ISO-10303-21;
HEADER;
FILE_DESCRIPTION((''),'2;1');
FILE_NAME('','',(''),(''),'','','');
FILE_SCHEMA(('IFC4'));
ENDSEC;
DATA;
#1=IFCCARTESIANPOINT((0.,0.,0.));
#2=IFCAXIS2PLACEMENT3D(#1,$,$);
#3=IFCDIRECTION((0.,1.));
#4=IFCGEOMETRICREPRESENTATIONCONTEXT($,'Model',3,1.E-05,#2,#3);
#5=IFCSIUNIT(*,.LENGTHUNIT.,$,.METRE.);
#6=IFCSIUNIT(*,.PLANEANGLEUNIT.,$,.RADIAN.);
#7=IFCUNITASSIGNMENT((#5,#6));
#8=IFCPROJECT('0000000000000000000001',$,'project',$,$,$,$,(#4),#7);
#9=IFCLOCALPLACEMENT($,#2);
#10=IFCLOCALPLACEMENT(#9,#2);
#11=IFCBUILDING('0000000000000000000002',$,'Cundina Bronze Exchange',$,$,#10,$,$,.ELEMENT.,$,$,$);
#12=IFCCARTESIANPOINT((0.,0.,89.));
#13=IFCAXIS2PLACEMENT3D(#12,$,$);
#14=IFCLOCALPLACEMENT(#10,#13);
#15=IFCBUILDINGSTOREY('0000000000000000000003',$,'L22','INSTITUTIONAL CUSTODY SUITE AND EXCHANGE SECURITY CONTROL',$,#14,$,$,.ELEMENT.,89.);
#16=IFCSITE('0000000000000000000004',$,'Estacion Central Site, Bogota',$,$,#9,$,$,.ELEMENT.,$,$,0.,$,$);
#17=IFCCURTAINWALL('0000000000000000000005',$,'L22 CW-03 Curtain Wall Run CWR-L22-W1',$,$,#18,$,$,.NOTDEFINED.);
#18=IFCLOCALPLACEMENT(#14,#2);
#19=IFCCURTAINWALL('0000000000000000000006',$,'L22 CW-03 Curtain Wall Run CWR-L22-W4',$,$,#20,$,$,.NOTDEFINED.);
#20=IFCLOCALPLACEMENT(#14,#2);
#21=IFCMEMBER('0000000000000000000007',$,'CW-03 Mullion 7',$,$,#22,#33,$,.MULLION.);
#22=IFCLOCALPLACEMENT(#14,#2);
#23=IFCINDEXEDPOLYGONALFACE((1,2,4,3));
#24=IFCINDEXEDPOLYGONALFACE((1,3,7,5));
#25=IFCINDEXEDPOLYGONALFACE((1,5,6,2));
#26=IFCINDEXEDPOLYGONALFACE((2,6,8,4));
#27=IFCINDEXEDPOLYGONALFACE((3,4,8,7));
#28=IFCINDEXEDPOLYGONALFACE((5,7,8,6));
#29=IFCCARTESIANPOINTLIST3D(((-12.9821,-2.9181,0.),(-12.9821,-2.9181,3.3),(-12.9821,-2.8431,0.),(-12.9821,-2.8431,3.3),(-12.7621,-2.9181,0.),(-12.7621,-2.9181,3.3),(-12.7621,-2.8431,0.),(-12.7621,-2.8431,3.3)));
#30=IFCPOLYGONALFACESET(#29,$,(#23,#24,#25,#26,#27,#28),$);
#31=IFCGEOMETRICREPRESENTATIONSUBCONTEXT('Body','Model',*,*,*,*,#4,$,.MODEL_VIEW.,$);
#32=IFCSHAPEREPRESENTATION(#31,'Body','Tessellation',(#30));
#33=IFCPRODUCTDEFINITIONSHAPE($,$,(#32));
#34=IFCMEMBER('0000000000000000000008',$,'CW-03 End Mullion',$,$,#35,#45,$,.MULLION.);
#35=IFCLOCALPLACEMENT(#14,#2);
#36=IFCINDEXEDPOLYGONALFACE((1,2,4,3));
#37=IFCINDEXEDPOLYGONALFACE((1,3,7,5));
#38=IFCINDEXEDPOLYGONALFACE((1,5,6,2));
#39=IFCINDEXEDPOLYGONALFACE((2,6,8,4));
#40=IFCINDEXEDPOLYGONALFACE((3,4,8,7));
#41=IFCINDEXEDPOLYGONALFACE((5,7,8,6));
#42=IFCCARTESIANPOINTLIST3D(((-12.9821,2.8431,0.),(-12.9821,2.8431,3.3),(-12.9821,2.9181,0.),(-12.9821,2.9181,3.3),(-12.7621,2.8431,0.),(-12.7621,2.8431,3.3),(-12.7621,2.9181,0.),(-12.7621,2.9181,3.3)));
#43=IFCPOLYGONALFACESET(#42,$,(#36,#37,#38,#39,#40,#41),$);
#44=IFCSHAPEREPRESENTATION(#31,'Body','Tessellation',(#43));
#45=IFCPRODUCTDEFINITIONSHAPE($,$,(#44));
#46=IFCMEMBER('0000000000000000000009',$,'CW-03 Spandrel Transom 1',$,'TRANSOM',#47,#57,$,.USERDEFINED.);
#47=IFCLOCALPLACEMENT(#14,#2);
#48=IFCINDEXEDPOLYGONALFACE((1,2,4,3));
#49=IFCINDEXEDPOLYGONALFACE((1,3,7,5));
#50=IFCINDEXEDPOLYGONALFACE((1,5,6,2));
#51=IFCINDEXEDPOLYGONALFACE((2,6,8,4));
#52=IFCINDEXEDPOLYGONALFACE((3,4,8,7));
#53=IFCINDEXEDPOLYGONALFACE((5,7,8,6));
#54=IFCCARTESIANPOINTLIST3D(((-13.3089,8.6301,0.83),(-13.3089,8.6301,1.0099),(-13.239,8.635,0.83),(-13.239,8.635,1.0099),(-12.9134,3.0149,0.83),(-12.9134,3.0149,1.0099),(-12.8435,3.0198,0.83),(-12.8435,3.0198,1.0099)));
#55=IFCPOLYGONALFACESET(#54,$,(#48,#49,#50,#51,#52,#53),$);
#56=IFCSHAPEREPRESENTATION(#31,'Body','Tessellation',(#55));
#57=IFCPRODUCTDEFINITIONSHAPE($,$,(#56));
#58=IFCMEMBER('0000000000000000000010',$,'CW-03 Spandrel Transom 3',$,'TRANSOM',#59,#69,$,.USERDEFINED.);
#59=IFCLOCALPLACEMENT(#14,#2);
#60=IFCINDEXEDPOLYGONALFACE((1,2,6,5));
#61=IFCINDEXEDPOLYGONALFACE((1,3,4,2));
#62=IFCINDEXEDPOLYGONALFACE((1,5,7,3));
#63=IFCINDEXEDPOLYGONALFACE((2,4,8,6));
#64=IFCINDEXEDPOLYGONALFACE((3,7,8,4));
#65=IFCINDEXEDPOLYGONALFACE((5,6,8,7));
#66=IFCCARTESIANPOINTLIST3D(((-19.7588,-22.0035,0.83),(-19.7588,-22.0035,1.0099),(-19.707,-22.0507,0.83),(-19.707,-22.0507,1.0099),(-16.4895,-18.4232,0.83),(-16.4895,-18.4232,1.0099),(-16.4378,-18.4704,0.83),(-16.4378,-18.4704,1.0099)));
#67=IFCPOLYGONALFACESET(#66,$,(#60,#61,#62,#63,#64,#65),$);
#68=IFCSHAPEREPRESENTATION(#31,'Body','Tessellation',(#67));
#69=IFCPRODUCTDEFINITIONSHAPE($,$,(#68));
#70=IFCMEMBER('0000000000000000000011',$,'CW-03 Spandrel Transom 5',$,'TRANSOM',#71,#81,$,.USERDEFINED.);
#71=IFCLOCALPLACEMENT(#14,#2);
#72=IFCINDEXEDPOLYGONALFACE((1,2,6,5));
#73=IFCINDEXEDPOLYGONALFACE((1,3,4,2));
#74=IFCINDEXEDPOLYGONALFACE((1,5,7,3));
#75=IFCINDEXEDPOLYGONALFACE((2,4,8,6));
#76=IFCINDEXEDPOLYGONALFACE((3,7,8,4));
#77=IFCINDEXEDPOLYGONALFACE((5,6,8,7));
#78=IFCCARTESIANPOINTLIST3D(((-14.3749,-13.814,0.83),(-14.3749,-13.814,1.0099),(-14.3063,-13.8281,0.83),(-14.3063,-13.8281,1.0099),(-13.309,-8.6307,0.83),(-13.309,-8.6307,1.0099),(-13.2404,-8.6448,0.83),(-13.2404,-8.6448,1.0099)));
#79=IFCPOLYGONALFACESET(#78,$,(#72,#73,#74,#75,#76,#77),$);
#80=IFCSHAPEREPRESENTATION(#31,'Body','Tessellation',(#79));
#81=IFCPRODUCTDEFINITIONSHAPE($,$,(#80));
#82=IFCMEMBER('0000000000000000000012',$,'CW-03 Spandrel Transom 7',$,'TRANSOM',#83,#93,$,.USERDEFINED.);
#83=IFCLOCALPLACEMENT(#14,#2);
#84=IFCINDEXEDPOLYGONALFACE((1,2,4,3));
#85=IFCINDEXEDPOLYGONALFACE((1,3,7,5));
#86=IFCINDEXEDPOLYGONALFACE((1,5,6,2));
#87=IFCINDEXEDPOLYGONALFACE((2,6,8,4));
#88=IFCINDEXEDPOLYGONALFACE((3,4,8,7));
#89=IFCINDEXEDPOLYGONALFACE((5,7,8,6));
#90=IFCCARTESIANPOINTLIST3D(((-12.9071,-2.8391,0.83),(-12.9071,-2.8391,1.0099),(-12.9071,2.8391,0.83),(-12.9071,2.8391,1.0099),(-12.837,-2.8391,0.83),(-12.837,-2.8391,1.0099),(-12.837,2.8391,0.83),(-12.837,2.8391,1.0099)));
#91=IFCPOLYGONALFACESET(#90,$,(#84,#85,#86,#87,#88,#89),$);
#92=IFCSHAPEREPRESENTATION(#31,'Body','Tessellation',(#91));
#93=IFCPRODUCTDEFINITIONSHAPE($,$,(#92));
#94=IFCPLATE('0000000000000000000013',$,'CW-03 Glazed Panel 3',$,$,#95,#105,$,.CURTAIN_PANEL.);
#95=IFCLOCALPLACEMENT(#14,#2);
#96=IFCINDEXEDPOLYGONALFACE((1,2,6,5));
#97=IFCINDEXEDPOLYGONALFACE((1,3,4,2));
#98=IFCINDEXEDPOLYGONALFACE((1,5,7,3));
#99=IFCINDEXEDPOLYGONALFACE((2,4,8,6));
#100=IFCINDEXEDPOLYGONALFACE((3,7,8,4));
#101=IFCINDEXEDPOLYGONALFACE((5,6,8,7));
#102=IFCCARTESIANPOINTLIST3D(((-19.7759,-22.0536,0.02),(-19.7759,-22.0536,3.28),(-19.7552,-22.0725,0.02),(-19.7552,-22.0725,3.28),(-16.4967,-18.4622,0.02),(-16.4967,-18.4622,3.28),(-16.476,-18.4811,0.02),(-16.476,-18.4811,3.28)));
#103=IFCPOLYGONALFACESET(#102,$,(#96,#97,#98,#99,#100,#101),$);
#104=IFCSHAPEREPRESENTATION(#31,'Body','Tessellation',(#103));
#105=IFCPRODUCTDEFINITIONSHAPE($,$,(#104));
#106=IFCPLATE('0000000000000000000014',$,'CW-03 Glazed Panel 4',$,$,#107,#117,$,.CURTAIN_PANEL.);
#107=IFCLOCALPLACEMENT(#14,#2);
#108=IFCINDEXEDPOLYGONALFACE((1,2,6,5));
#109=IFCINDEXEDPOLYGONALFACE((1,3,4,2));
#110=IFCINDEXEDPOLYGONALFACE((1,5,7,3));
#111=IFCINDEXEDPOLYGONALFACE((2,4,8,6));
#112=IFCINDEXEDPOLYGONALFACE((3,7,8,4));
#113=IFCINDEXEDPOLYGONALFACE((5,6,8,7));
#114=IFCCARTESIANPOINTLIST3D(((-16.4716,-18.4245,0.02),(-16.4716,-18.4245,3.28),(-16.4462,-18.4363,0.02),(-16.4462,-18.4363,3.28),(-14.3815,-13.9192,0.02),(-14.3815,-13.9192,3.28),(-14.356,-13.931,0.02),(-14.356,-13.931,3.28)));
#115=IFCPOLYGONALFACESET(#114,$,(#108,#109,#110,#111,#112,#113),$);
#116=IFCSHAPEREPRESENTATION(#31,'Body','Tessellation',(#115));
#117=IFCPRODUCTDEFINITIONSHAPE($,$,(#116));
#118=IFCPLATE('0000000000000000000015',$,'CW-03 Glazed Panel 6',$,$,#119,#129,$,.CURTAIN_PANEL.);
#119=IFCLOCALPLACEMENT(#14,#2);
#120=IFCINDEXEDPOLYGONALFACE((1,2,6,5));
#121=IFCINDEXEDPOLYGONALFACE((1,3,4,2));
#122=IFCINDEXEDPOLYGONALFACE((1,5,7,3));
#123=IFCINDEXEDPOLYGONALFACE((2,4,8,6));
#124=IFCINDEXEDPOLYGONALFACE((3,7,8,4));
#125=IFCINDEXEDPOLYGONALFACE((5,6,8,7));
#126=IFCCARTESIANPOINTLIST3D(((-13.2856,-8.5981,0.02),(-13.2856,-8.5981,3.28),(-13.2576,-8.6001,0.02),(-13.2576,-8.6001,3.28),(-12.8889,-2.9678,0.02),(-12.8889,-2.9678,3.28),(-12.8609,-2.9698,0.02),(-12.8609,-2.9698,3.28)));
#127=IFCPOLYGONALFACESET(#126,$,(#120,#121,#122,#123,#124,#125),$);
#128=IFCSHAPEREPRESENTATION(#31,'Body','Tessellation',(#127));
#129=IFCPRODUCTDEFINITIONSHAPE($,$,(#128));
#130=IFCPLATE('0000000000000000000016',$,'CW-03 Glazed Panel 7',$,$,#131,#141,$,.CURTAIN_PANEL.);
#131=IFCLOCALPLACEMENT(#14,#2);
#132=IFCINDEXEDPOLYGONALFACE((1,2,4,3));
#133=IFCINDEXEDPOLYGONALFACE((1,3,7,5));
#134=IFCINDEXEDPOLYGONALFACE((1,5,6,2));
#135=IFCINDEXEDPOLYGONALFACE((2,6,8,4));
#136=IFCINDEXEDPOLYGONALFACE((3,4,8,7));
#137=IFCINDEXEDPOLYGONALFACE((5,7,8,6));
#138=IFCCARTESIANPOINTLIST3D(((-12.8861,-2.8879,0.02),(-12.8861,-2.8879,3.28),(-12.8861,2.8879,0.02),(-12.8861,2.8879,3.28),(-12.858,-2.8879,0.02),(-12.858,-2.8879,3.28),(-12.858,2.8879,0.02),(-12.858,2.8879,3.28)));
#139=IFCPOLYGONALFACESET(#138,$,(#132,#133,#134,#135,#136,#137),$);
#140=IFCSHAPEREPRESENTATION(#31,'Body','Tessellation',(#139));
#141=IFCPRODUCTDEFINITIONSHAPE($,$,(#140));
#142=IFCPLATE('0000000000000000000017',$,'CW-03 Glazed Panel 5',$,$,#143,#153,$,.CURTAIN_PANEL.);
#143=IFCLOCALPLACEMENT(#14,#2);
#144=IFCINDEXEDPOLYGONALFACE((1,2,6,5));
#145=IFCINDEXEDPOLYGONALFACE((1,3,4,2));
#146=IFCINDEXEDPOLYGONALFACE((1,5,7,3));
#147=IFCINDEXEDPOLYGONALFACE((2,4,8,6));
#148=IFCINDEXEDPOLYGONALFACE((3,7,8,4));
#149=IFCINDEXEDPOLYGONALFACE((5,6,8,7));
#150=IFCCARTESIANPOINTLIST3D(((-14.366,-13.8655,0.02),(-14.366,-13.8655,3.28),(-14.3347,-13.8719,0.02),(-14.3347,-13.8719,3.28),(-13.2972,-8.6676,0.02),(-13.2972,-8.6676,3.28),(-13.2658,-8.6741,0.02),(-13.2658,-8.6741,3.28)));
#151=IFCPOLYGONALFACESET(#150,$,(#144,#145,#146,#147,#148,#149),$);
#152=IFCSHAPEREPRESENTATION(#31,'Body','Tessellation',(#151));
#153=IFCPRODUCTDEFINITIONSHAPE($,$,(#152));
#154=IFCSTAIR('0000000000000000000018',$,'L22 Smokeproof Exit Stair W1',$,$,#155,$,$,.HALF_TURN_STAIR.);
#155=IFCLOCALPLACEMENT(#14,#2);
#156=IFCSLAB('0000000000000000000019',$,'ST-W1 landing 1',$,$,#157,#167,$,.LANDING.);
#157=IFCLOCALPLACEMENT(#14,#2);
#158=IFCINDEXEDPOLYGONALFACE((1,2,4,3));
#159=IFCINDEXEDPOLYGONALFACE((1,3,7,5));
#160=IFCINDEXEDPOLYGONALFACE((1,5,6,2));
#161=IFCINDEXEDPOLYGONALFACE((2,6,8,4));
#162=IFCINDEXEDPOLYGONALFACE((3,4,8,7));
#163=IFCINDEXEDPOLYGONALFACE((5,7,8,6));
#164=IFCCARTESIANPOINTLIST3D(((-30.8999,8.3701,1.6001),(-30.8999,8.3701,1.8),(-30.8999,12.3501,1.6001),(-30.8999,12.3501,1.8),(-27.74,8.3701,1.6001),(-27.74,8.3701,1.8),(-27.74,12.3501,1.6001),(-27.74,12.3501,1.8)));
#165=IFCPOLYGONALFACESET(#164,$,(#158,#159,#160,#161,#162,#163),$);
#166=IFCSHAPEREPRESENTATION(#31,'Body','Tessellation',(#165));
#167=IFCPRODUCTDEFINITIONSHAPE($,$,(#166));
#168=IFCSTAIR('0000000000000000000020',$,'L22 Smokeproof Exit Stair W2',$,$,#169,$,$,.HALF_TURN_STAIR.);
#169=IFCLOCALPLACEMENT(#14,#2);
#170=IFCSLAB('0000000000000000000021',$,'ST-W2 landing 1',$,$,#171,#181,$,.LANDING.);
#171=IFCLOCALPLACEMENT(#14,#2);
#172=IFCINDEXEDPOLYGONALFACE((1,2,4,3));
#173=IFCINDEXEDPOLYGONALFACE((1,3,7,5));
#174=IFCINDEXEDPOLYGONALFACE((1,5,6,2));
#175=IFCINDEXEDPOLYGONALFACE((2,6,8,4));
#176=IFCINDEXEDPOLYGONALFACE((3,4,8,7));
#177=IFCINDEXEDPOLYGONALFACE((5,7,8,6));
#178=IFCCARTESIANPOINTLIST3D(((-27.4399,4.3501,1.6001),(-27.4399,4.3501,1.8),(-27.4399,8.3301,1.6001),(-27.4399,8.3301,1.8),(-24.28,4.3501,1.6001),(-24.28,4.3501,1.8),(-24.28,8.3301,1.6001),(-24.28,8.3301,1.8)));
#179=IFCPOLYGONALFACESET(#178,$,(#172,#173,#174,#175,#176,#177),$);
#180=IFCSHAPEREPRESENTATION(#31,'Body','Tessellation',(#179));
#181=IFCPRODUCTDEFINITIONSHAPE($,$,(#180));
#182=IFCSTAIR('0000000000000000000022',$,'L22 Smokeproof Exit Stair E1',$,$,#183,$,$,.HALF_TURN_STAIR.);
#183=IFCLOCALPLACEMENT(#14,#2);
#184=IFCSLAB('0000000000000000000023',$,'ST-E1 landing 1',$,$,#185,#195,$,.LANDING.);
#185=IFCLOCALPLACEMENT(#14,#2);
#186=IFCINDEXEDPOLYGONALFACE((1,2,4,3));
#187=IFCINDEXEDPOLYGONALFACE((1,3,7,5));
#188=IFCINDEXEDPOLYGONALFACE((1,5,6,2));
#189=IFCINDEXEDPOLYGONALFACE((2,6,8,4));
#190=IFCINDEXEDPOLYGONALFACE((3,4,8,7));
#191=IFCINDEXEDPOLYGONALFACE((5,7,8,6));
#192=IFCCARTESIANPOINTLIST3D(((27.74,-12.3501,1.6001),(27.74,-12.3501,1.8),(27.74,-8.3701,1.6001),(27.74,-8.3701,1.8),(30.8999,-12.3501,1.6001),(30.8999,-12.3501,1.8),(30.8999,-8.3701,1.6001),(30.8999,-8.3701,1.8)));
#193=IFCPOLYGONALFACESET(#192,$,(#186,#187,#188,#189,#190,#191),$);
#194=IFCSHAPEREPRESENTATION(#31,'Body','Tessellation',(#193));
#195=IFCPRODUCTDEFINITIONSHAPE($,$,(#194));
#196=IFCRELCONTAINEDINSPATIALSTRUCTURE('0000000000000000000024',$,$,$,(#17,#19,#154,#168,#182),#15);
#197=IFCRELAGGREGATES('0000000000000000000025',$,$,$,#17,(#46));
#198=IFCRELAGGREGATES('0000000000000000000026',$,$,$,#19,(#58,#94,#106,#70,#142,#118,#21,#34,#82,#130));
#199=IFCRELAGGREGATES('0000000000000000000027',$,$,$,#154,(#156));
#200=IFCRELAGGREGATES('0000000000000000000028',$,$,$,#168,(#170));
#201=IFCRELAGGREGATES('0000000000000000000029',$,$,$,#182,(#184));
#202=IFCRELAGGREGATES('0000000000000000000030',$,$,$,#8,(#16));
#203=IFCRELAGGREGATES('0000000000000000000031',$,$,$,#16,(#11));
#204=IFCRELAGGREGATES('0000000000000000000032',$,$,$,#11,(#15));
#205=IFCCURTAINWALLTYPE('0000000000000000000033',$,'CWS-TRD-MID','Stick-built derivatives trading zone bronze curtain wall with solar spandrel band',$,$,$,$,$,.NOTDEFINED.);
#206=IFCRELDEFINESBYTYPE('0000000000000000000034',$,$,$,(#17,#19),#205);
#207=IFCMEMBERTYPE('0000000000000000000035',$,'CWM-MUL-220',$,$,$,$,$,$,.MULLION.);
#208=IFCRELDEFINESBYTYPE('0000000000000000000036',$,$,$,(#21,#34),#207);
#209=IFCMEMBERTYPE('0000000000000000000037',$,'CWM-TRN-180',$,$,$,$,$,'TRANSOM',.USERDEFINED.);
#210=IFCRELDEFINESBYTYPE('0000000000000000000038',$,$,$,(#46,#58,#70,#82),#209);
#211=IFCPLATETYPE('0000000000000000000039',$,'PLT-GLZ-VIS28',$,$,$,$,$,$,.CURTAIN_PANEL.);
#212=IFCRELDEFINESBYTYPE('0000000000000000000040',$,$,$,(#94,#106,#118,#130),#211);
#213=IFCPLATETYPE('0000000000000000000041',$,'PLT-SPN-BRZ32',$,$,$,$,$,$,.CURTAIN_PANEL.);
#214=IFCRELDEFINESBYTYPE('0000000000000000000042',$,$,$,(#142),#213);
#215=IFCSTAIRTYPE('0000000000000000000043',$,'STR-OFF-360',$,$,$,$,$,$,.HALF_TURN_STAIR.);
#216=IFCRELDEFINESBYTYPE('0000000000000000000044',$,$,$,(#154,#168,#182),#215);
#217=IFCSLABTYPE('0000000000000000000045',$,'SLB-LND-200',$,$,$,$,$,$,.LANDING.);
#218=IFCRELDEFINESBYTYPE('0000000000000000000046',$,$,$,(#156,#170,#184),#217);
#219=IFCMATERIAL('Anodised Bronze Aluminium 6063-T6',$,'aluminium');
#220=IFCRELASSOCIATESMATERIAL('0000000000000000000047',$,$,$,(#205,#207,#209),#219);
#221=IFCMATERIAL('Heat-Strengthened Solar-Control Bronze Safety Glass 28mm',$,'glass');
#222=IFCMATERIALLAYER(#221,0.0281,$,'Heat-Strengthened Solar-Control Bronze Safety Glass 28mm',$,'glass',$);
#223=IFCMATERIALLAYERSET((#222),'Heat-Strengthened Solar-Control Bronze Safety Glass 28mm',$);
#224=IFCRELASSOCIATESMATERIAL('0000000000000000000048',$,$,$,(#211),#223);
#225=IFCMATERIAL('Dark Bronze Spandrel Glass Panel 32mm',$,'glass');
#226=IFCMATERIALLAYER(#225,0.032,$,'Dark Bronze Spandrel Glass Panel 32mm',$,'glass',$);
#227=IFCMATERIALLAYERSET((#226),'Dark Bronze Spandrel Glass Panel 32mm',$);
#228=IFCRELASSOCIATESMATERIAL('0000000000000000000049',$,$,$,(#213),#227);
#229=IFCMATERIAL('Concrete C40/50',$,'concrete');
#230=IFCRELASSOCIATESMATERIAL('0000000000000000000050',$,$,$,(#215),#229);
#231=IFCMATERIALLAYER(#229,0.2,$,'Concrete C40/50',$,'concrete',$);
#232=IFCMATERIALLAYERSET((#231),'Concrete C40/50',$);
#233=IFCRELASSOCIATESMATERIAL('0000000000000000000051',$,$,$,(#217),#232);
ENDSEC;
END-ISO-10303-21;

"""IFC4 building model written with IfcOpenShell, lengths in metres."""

from ifc_helpers import new_model, si_unit, direction, frame, origin, origin_2d, place, context, subcontext, project, spatial, polyline, rectangle, outline, extrude, material, layer, layer_set, material_profile, profile_set, type_object, element, aggregate, save


model = new_model("IFC4")

# Units and contexts
model_context = context("Model", 3, precision=1e-05, world=origin(), true_north=direction((0.0, 1.0)))
body_context = subcontext(model_context, "Body", "Model", "MODEL_VIEW")
ifc_project = project(units=[si_unit("LENGTHUNIT", "METRE"), si_unit("PLANEANGLEUNIT", "RADIAN")], contexts=[model_context])

# Site, building, storey
site_placement = place(None, origin())
site = spatial("IfcSite", under=ifc_project, at=site_placement, Name="Estacion Central Site, Bogota", CompositionType="ELEMENT", RefElevation=0.0)
building_placement = place(site_placement, origin())
building = spatial("IfcBuilding", under=site, at=building_placement, Name="Cundina Bronze Exchange", CompositionType="ELEMENT")
storey_placement = place(building_placement, frame((0.0, 0.0, 89.0)))
storey = spatial("IfcBuildingStorey", under=building, at=storey_placement, Name="L22", Description="INSTITUTIONAL CUSTODY SUITE AND EXCHANGE SECURITY CONTROL", CompositionType="ELEMENT", Elevation=89.0)

# Curtain wall
ifc_material_1 = material(Name="Anodised Bronze Aluminium 6063-T6", Category="aluminium")
curtain_wall_type = type_object("IfcCurtainWallType", Name="CWS-TRD-MID", Description="Stick-built derivatives trading zone bronze curtain wall with solar spandrel band", PredefinedType="NOTDEFINED", material=ifc_material_1)
curtain_wall_1_placement = place(storey_placement, origin())
curtain_wall_1 = element("IfcCurtainWall", 1, at=curtain_wall_1_placement, inside=storey, type_object=curtain_wall_type, Name="L22 CW-03 Curtain Wall Run CWR-L22-W1", PredefinedType="NOTDEFINED")
ifc_material_profile_1 = material_profile(ifc_material_1, rectangle(XDim=0.075, YDim=0.22, at=origin_2d()), Name="AL75X220", Category="aluminium")
ifc_profile_set_1 = profile_set([ifc_material_profile_1], Name="Anodised Bronze Aluminium 6063-T6")
member_type_1 = type_object("IfcMemberType", Name="CWM-MUL-220", PredefinedType="MULLION", material=ifc_profile_set_1)

# Curtain wall, members
curtain_wall_2_placement = place(storey_placement, origin())
curtain_wall_2 = element("IfcCurtainWall", 2, at=curtain_wall_2_placement, inside=storey, type_object=curtain_wall_type, Name="L22 CW-03 Curtain Wall Run CWR-L22-W4", PredefinedType="NOTDEFINED")
member_1_placement = place(storey_placement, frame((-12.8721, -2.8806, 0.0), z_axis=(0.0, 0.0, 1.0), x_axis=(0.0, 1.0, 0.0)))
member_1 = element("IfcMember", 3, at=member_1_placement, type_object=member_type_1, Name="CW-03 Mullion 7", PredefinedType="MULLION", context=body_context, shape_type="SweptSolid", body=[
    extrude(rectangle(XDim=0.075, YDim=0.22, at=origin_2d()), origin(), (0.0, 0.0, 1.0), 3.3),
])
member_2_placement = place(storey_placement, frame((-12.8721, 2.8806, 0.0), z_axis=(0.0, 0.0, 1.0), x_axis=(0.0, 1.0, 0.0)))
member_2 = element("IfcMember", 4, at=member_2_placement, type_object=member_type_1, Name="CW-03 End Mullion", PredefinedType="MULLION", context=body_context, shape_type="SweptSolid", body=[
    extrude(rectangle(XDim=0.075, YDim=0.22, at=origin_2d()), origin(), (0.0, 0.0, 1.0), 3.3),
])

# Members
ifc_material_profile_2 = material_profile(ifc_material_1, rectangle(XDim=0.0701, YDim=0.1799, at=origin_2d()), Name="AL70X180", Category="aluminium")
ifc_profile_set_2 = profile_set([ifc_material_profile_2], Name="Anodised Bronze Aluminium 6063-T6")
member_type_2 = type_object("IfcMemberType", Name="CWM-TRN-180", ElementType="TRANSOM", PredefinedType="USERDEFINED", material=ifc_profile_set_2)
member_3_placement = place(storey_placement, frame((-12.8784, 3.0173, 0.9199), z_axis=(-0.070261, 0.997529, 0.0), x_axis=(-0.997529, -0.070261, 0.0)))
member_3 = element("IfcMember", 5, at=member_3_placement, type_object=member_type_2, Name="CW-03 Spandrel Transom 1", ObjectType="TRANSOM", PredefinedType="USERDEFINED", context=body_context, shape_type="SweptSolid", body=[
    extrude(rectangle(XDim=0.0701, YDim=0.1799, at=origin_2d()), origin(), (0.0, 0.0, 1.0), 5.6292),
])
aggregate(curtain_wall_1, [member_3])
member_4_placement = place(storey_placement, frame((-19.7329, -22.0271, 0.9199), z_axis=(0.674303, 0.738455, 0.0), x_axis=(-0.738455, 0.674303, 0.0)))
member_4 = element("IfcMember", 6, at=member_4_placement, type_object=member_type_2, Name="CW-03 Spandrel Transom 3", ObjectType="TRANSOM", PredefinedType="USERDEFINED", context=body_context, shape_type="SweptSolid", body=[
    extrude(rectangle(XDim=0.0701, YDim=0.1799, at=origin_2d()), origin(), (0.0, 0.0, 1.0), 4.8484),
])
member_5_placement = place(storey_placement, frame((-14.3406, -13.821, 0.9199), z_axis=(0.201428, 0.979503, 0.0), x_axis=(-0.979503, 0.201428, 0.0)))
member_5 = element("IfcMember", 7, at=member_5_placement, type_object=member_type_2, Name="CW-03 Spandrel Transom 5", ObjectType="TRANSOM", PredefinedType="USERDEFINED", context=body_context, shape_type="SweptSolid", body=[
    extrude(rectangle(XDim=0.0701, YDim=0.1799, at=origin_2d()), origin(), (0.0, 0.0, 1.0), 5.2917),
])
member_6_placement = place(storey_placement, frame((-12.8721, -2.8391, 0.9199), z_axis=(0.0, 1.0, 0.0), x_axis=(-1.0, 0.0, 0.0)))
member_6 = element("IfcMember", 8, at=member_6_placement, type_object=member_type_2, Name="CW-03 Spandrel Transom 7", ObjectType="TRANSOM", PredefinedType="USERDEFINED", context=body_context, shape_type="SweptSolid", body=[
    extrude(rectangle(XDim=0.0701, YDim=0.1799, at=origin_2d()), origin(), (0.0, 0.0, 1.0), 5.6782),
])

# Plates
ifc_material_2 = material(Name="Heat-Strengthened Solar-Control Bronze Safety Glass 28mm", Category="glass")
ifc_layer_1 = layer(ifc_material_2, 0.0281, Name="Heat-Strengthened Solar-Control Bronze Safety Glass 28mm", Category="glass")
ifc_layer_set_1 = layer_set([ifc_layer_1], Name="Heat-Strengthened Solar-Control Bronze Safety Glass 28mm")
plate_type_1 = type_object("IfcPlateType", Name="PLT-GLZ-VIS28", PredefinedType="CURTAIN_PANEL", material=ifc_layer_set_1)
plate_1_placement = place(storey_placement, frame((-18.126, -20.2673, 0.02), z_axis=(0.0, 0.0, 1.0), x_axis=(0.674277, 0.738479, 0.0)))
plate_1 = element("IfcPlate", 9, at=plate_1_placement, type_object=plate_type_1, Name="CW-03 Glazed Panel 3", PredefinedType="CURTAIN_PANEL", context=body_context, shape_type="SweptSolid", body=[
    extrude(rectangle(XDim=4.8633, YDim=0.0281, at=origin_2d()), origin(), (0.0, 0.0, 1.0), 3.26),
])
plate_2_placement = place(storey_placement, frame((-15.4138, -16.1777, 0.02), z_axis=(0.0, 0.0, 1.0), x_axis=(0.420846, 0.907132, 0.0)))
plate_2 = element("IfcPlate", 10, at=plate_2_placement, type_object=plate_type_1, Name="CW-03 Glazed Panel 4", PredefinedType="CURTAIN_PANEL", context=body_context, shape_type="SweptSolid", body=[
    extrude(rectangle(XDim=4.9666, YDim=0.0281, at=origin_2d()), origin(), (0.0, 0.0, 1.0), 3.26),
])
plate_3_placement = place(storey_placement, frame((-13.0732, -5.7839, 0.02), z_axis=(0.0, 0.0, 1.0), x_axis=(0.070279, 0.997527, 0.0)))
plate_3 = element("IfcPlate", 11, at=plate_3_placement, type_object=plate_type_1, Name="CW-03 Glazed Panel 6", PredefinedType="CURTAIN_PANEL", context=body_context, shape_type="SweptSolid", body=[
    extrude(rectangle(XDim=5.6443, YDim=0.0281, at=origin_2d()), origin(), (0.0, 0.0, 1.0), 3.26),
])
plate_4_placement = place(storey_placement, frame((-12.8721, 0.0, 0.02), z_axis=(0.0, 0.0, 1.0), x_axis=(0.0, 1.0, 0.0)))
plate_4 = element("IfcPlate", 12, at=plate_4_placement, type_object=plate_type_1, Name="CW-03 Glazed Panel 7", PredefinedType="CURTAIN_PANEL", context=body_context, shape_type="SweptSolid", body=[
    extrude(rectangle(XDim=5.7759, YDim=0.0281, at=origin_2d()), origin(), (0.0, 0.0, 1.0), 3.26),
])
ifc_material_3 = material(Name="Dark Bronze Spandrel Glass Panel 32mm", Category="glass")
ifc_layer_2 = layer(ifc_material_3, 0.032, Name="Dark Bronze Spandrel Glass Panel 32mm", Category="glass")
ifc_layer_set_2 = layer_set([ifc_layer_2], Name="Dark Bronze Spandrel Glass Panel 32mm")
plate_type_2 = type_object("IfcPlateType", Name="PLT-SPN-BRZ32", PredefinedType="CURTAIN_PANEL", material=ifc_layer_set_2)
plate_5_placement = place(storey_placement, frame((-13.8159, -11.2698, 0.02), z_axis=(0.0, 0.0, 1.0), x_axis=(0.20142, 0.979505, 0.0)))
plate_5 = element("IfcPlate", 13, at=plate_5_placement, type_object=plate_type_2, Name="CW-03 Glazed Panel 5", PredefinedType="CURTAIN_PANEL", context=body_context, shape_type="SweptSolid", body=[
    extrude(rectangle(XDim=5.3066, YDim=0.032, at=origin_2d()), origin(), (0.0, 0.0, 1.0), 3.26),
])
aggregate(curtain_wall_2, [member_4, plate_1, plate_2, member_5, plate_5, plate_3, member_1, member_2, member_6, plate_4])

# Stairs, slabs
ifc_material_4 = material(Name="Concrete C40/50", Category="concrete")
stair_type = type_object("IfcStairType", Name="STR-OFF-360", PredefinedType="HALF_TURN_STAIR", material=ifc_material_4)
stair_1_placement = place(storey_placement, origin())
stair_1 = element("IfcStair", 14, at=stair_1_placement, inside=storey, type_object=stair_type, Name="L22 Smokeproof Exit Stair W1", PredefinedType="HALF_TURN_STAIR")
ifc_layer_3 = layer(ifc_material_4, 0.2, Name="Concrete C40/50", Category="concrete")
ifc_layer_set_3 = layer_set([ifc_layer_3], Name="Concrete C40/50")
slab_type_1 = type_object("IfcSlabType", Name="SLB-LND-200", PredefinedType="LANDING", material=ifc_layer_set_3)
slab_1_placement = place(storey_placement, frame((0.0, 0.0, 1.6001)))
slab_1 = element("IfcSlab", 15, at=slab_1_placement, type_object=slab_type_1, Name="ST-W1 landing 1", PredefinedType="LANDING", context=body_context, shape_type="SweptSolid", body=[
    extrude(outline(polyline([(-27.74, 8.3701), (-27.74, 12.3501), (-30.8999, 12.3501), (-30.8999, 8.3701), (-27.74, 8.3701)])), origin(), (0.0, 0.0, 1.0), 0.2),
])
aggregate(stair_1, [slab_1])
stair_2_placement = place(storey_placement, origin())
stair_2 = element("IfcStair", 16, at=stair_2_placement, inside=storey, type_object=stair_type, Name="L22 Smokeproof Exit Stair W2", PredefinedType="HALF_TURN_STAIR")
slab_2_placement = place(storey_placement, frame((0.0, 0.0, 1.6001)))
slab_2 = element("IfcSlab", 17, at=slab_2_placement, type_object=slab_type_1, Name="ST-W2 landing 1", PredefinedType="LANDING", context=body_context, shape_type="SweptSolid", body=[
    extrude(outline(polyline([(-27.4399, 8.3301), (-27.4399, 4.3501), (-24.28, 4.3501), (-24.28, 8.3301), (-27.4399, 8.3301)])), origin(), (0.0, 0.0, 1.0), 0.2),
])
aggregate(stair_2, [slab_2])
stair_3_placement = place(storey_placement, origin())
stair_3 = element("IfcStair", 18, at=stair_3_placement, inside=storey, type_object=stair_type, Name="L22 Smokeproof Exit Stair E1", PredefinedType="HALF_TURN_STAIR")
slab_3_placement = place(storey_placement, frame((0.0, 0.0, 1.6001)))
slab_3 = element("IfcSlab", 19, at=slab_3_placement, type_object=slab_type_1, Name="ST-E1 landing 1", PredefinedType="LANDING", context=body_context, shape_type="SweptSolid", body=[
    extrude(outline(polyline([(27.74, -8.3701), (27.74, -12.3501), (30.8999, -12.3501), (30.8999, -8.3701), (27.74, -8.3701)])), origin(), (0.0, 0.0, 1.0), 0.2),
])
aggregate(stair_3, [slab_3])

save(model, "model.ifc")
